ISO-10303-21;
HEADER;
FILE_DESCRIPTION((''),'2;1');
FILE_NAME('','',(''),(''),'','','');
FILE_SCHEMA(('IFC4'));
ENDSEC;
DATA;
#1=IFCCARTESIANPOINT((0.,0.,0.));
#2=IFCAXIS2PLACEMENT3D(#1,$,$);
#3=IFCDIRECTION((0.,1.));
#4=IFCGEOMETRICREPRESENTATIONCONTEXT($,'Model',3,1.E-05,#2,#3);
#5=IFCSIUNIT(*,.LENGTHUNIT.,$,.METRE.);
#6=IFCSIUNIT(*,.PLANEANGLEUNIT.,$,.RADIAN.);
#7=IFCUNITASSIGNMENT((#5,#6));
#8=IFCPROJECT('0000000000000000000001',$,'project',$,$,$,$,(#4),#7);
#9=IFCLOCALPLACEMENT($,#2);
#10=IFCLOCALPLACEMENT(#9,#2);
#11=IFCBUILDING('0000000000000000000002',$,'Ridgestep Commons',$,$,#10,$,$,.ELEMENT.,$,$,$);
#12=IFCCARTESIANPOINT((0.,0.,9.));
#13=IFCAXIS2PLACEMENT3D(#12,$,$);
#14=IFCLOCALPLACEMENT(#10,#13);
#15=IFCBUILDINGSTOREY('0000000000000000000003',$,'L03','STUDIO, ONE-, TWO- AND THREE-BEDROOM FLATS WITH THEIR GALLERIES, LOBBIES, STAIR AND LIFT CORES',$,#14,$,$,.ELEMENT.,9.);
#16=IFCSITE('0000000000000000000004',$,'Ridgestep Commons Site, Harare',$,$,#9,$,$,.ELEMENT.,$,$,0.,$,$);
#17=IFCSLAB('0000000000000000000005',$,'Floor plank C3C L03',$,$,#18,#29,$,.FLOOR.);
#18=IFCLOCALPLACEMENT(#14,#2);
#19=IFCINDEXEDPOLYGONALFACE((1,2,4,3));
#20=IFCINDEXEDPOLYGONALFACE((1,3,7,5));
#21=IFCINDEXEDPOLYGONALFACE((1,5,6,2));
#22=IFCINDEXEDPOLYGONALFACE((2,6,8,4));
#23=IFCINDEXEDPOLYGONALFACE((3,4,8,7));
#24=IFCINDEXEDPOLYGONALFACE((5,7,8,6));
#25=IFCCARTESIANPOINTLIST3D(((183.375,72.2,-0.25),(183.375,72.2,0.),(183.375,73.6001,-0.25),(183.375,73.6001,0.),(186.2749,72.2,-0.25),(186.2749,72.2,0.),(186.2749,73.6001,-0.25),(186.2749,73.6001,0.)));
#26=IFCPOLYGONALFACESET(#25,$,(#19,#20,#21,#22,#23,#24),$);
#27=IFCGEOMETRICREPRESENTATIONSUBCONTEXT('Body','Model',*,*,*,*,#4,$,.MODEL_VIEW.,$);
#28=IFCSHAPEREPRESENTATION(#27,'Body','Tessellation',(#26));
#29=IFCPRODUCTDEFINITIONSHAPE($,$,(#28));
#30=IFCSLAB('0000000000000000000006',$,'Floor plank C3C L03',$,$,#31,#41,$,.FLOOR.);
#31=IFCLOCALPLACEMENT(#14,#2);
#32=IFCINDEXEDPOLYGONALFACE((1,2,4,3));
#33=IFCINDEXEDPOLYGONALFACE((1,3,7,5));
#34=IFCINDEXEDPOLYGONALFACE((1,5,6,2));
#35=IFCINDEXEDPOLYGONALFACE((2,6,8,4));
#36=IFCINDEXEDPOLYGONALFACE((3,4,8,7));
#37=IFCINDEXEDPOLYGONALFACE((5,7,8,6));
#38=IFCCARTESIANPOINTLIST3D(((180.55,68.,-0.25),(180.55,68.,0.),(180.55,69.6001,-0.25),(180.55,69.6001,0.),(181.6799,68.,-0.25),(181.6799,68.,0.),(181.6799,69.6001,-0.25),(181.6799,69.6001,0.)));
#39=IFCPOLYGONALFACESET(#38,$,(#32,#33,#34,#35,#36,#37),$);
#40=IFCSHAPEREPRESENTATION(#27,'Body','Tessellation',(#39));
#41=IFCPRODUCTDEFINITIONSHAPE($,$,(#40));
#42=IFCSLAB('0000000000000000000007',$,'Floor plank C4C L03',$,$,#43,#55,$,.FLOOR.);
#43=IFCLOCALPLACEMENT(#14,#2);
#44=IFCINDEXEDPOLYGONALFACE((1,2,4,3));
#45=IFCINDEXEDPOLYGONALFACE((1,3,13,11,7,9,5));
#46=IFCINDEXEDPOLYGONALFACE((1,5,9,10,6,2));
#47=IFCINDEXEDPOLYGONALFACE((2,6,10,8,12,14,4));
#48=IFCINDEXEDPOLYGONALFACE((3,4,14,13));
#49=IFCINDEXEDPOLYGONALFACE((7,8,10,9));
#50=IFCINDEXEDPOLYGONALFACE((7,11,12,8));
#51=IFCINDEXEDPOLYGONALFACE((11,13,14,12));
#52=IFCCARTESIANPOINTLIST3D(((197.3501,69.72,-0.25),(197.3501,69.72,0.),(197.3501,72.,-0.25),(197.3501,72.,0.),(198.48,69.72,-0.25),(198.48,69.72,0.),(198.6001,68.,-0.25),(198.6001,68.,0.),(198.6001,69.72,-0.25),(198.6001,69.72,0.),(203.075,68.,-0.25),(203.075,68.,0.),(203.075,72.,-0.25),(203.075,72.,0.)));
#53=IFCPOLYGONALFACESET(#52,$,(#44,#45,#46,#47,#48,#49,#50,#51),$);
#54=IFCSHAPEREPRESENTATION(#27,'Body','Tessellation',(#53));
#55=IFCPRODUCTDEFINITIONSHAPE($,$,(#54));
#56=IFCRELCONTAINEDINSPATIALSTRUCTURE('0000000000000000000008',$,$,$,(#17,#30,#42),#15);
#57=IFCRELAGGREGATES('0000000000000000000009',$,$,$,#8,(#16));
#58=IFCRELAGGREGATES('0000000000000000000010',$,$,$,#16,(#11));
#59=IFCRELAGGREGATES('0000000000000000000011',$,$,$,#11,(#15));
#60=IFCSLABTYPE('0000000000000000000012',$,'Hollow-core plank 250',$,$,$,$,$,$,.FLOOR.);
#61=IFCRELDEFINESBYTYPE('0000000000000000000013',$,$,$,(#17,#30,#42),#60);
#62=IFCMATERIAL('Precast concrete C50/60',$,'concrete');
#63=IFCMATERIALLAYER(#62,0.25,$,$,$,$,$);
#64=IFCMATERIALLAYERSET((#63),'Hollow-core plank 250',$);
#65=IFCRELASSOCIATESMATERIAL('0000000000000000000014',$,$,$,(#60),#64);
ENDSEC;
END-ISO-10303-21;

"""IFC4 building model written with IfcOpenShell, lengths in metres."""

from ifc_helpers import new_model, si_unit, direction, frame, origin, place, context, subcontext, project, spatial, polyline, outline, extrude, material, layer, layer_set, type_object, element, save


model = new_model("IFC4")

# Units and contexts
model_context = context("Model", 3, precision=1e-05, world=origin(), true_north=direction((0.0, 1.0)))
body_context = subcontext(model_context, "Body", "Model", "MODEL_VIEW")
ifc_project = project(units=[si_unit("LENGTHUNIT", "METRE"), si_unit("PLANEANGLEUNIT", "RADIAN")], contexts=[model_context])

# Site, building, storey
site_placement = place(None, origin())
site = spatial("IfcSite", under=ifc_project, at=site_placement, Name="Ridgestep Commons Site, Harare", CompositionType="ELEMENT", RefElevation=0.0)
building_placement = place(site_placement, origin())
building = spatial("IfcBuilding", under=site, at=building_placement, Name="Ridgestep Commons", CompositionType="ELEMENT")
storey_placement = place(building_placement, frame((0.0, 0.0, 9.0)))
storey = spatial("IfcBuildingStorey", under=building, at=storey_placement, Name="L03", Description="STUDIO, ONE-, TWO- AND THREE-BEDROOM FLATS WITH THEIR GALLERIES, LOBBIES, STAIR AND LIFT CORES", CompositionType="ELEMENT", Elevation=9.0)

# Slabs
ifc_material = material(Name="Precast concrete C50/60", Category="concrete")
ifc_layer = layer(ifc_material, 0.25)
ifc_layer_set = layer_set([ifc_layer], Name="Hollow-core plank 250")
slab_type = type_object("IfcSlabType", Name="Hollow-core plank 250", PredefinedType="FLOOR", material=ifc_layer_set)
slab_1_placement = place(storey_placement, frame((0.0, 0.0, -0.25)))
element("IfcSlab", 1, at=slab_1_placement, inside=storey, type_object=slab_type, Name="Floor plank C3C L03", PredefinedType="FLOOR", context=body_context, shape_type="SweptSolid", body=[
    extrude(outline(polyline([(186.2749, 72.2), (186.2749, 73.6001), (183.375, 73.6001), (183.375, 72.2), (186.2749, 72.2)])), origin(), (0.0, 0.0, 1.0), 0.25),
])
slab_2_placement = place(storey_placement, frame((0.0, 0.0, -0.25)))
element("IfcSlab", 2, at=slab_2_placement, inside=storey, type_object=slab_type, Name="Floor plank C3C L03", PredefinedType="FLOOR", context=body_context, shape_type="SweptSolid", body=[
    extrude(outline(polyline([(181.6799, 69.6001), (180.55, 69.6001), (180.55, 68.0), (181.6799, 68.0), (181.6799, 69.6001)])), origin(), (0.0, 0.0, 1.0), 0.25),
])
slab_3_placement = place(storey_placement, frame((0.0, 0.0, -0.25)))
element("IfcSlab", 3, at=slab_3_placement, inside=storey, type_object=slab_type, Name="Floor plank C4C L03", PredefinedType="FLOOR", context=body_context, shape_type="SweptSolid", body=[
    extrude(outline(polyline([(198.6001, 68.0), (203.075, 68.0), (203.075, 72.0), (197.3501, 72.0), (197.3501, 69.72), (198.48, 69.72), (198.6001, 69.72), (198.6001, 68.0)])), origin(), (0.0, 0.0, 1.0), 0.25),
])

save(model, "model.ifc")
